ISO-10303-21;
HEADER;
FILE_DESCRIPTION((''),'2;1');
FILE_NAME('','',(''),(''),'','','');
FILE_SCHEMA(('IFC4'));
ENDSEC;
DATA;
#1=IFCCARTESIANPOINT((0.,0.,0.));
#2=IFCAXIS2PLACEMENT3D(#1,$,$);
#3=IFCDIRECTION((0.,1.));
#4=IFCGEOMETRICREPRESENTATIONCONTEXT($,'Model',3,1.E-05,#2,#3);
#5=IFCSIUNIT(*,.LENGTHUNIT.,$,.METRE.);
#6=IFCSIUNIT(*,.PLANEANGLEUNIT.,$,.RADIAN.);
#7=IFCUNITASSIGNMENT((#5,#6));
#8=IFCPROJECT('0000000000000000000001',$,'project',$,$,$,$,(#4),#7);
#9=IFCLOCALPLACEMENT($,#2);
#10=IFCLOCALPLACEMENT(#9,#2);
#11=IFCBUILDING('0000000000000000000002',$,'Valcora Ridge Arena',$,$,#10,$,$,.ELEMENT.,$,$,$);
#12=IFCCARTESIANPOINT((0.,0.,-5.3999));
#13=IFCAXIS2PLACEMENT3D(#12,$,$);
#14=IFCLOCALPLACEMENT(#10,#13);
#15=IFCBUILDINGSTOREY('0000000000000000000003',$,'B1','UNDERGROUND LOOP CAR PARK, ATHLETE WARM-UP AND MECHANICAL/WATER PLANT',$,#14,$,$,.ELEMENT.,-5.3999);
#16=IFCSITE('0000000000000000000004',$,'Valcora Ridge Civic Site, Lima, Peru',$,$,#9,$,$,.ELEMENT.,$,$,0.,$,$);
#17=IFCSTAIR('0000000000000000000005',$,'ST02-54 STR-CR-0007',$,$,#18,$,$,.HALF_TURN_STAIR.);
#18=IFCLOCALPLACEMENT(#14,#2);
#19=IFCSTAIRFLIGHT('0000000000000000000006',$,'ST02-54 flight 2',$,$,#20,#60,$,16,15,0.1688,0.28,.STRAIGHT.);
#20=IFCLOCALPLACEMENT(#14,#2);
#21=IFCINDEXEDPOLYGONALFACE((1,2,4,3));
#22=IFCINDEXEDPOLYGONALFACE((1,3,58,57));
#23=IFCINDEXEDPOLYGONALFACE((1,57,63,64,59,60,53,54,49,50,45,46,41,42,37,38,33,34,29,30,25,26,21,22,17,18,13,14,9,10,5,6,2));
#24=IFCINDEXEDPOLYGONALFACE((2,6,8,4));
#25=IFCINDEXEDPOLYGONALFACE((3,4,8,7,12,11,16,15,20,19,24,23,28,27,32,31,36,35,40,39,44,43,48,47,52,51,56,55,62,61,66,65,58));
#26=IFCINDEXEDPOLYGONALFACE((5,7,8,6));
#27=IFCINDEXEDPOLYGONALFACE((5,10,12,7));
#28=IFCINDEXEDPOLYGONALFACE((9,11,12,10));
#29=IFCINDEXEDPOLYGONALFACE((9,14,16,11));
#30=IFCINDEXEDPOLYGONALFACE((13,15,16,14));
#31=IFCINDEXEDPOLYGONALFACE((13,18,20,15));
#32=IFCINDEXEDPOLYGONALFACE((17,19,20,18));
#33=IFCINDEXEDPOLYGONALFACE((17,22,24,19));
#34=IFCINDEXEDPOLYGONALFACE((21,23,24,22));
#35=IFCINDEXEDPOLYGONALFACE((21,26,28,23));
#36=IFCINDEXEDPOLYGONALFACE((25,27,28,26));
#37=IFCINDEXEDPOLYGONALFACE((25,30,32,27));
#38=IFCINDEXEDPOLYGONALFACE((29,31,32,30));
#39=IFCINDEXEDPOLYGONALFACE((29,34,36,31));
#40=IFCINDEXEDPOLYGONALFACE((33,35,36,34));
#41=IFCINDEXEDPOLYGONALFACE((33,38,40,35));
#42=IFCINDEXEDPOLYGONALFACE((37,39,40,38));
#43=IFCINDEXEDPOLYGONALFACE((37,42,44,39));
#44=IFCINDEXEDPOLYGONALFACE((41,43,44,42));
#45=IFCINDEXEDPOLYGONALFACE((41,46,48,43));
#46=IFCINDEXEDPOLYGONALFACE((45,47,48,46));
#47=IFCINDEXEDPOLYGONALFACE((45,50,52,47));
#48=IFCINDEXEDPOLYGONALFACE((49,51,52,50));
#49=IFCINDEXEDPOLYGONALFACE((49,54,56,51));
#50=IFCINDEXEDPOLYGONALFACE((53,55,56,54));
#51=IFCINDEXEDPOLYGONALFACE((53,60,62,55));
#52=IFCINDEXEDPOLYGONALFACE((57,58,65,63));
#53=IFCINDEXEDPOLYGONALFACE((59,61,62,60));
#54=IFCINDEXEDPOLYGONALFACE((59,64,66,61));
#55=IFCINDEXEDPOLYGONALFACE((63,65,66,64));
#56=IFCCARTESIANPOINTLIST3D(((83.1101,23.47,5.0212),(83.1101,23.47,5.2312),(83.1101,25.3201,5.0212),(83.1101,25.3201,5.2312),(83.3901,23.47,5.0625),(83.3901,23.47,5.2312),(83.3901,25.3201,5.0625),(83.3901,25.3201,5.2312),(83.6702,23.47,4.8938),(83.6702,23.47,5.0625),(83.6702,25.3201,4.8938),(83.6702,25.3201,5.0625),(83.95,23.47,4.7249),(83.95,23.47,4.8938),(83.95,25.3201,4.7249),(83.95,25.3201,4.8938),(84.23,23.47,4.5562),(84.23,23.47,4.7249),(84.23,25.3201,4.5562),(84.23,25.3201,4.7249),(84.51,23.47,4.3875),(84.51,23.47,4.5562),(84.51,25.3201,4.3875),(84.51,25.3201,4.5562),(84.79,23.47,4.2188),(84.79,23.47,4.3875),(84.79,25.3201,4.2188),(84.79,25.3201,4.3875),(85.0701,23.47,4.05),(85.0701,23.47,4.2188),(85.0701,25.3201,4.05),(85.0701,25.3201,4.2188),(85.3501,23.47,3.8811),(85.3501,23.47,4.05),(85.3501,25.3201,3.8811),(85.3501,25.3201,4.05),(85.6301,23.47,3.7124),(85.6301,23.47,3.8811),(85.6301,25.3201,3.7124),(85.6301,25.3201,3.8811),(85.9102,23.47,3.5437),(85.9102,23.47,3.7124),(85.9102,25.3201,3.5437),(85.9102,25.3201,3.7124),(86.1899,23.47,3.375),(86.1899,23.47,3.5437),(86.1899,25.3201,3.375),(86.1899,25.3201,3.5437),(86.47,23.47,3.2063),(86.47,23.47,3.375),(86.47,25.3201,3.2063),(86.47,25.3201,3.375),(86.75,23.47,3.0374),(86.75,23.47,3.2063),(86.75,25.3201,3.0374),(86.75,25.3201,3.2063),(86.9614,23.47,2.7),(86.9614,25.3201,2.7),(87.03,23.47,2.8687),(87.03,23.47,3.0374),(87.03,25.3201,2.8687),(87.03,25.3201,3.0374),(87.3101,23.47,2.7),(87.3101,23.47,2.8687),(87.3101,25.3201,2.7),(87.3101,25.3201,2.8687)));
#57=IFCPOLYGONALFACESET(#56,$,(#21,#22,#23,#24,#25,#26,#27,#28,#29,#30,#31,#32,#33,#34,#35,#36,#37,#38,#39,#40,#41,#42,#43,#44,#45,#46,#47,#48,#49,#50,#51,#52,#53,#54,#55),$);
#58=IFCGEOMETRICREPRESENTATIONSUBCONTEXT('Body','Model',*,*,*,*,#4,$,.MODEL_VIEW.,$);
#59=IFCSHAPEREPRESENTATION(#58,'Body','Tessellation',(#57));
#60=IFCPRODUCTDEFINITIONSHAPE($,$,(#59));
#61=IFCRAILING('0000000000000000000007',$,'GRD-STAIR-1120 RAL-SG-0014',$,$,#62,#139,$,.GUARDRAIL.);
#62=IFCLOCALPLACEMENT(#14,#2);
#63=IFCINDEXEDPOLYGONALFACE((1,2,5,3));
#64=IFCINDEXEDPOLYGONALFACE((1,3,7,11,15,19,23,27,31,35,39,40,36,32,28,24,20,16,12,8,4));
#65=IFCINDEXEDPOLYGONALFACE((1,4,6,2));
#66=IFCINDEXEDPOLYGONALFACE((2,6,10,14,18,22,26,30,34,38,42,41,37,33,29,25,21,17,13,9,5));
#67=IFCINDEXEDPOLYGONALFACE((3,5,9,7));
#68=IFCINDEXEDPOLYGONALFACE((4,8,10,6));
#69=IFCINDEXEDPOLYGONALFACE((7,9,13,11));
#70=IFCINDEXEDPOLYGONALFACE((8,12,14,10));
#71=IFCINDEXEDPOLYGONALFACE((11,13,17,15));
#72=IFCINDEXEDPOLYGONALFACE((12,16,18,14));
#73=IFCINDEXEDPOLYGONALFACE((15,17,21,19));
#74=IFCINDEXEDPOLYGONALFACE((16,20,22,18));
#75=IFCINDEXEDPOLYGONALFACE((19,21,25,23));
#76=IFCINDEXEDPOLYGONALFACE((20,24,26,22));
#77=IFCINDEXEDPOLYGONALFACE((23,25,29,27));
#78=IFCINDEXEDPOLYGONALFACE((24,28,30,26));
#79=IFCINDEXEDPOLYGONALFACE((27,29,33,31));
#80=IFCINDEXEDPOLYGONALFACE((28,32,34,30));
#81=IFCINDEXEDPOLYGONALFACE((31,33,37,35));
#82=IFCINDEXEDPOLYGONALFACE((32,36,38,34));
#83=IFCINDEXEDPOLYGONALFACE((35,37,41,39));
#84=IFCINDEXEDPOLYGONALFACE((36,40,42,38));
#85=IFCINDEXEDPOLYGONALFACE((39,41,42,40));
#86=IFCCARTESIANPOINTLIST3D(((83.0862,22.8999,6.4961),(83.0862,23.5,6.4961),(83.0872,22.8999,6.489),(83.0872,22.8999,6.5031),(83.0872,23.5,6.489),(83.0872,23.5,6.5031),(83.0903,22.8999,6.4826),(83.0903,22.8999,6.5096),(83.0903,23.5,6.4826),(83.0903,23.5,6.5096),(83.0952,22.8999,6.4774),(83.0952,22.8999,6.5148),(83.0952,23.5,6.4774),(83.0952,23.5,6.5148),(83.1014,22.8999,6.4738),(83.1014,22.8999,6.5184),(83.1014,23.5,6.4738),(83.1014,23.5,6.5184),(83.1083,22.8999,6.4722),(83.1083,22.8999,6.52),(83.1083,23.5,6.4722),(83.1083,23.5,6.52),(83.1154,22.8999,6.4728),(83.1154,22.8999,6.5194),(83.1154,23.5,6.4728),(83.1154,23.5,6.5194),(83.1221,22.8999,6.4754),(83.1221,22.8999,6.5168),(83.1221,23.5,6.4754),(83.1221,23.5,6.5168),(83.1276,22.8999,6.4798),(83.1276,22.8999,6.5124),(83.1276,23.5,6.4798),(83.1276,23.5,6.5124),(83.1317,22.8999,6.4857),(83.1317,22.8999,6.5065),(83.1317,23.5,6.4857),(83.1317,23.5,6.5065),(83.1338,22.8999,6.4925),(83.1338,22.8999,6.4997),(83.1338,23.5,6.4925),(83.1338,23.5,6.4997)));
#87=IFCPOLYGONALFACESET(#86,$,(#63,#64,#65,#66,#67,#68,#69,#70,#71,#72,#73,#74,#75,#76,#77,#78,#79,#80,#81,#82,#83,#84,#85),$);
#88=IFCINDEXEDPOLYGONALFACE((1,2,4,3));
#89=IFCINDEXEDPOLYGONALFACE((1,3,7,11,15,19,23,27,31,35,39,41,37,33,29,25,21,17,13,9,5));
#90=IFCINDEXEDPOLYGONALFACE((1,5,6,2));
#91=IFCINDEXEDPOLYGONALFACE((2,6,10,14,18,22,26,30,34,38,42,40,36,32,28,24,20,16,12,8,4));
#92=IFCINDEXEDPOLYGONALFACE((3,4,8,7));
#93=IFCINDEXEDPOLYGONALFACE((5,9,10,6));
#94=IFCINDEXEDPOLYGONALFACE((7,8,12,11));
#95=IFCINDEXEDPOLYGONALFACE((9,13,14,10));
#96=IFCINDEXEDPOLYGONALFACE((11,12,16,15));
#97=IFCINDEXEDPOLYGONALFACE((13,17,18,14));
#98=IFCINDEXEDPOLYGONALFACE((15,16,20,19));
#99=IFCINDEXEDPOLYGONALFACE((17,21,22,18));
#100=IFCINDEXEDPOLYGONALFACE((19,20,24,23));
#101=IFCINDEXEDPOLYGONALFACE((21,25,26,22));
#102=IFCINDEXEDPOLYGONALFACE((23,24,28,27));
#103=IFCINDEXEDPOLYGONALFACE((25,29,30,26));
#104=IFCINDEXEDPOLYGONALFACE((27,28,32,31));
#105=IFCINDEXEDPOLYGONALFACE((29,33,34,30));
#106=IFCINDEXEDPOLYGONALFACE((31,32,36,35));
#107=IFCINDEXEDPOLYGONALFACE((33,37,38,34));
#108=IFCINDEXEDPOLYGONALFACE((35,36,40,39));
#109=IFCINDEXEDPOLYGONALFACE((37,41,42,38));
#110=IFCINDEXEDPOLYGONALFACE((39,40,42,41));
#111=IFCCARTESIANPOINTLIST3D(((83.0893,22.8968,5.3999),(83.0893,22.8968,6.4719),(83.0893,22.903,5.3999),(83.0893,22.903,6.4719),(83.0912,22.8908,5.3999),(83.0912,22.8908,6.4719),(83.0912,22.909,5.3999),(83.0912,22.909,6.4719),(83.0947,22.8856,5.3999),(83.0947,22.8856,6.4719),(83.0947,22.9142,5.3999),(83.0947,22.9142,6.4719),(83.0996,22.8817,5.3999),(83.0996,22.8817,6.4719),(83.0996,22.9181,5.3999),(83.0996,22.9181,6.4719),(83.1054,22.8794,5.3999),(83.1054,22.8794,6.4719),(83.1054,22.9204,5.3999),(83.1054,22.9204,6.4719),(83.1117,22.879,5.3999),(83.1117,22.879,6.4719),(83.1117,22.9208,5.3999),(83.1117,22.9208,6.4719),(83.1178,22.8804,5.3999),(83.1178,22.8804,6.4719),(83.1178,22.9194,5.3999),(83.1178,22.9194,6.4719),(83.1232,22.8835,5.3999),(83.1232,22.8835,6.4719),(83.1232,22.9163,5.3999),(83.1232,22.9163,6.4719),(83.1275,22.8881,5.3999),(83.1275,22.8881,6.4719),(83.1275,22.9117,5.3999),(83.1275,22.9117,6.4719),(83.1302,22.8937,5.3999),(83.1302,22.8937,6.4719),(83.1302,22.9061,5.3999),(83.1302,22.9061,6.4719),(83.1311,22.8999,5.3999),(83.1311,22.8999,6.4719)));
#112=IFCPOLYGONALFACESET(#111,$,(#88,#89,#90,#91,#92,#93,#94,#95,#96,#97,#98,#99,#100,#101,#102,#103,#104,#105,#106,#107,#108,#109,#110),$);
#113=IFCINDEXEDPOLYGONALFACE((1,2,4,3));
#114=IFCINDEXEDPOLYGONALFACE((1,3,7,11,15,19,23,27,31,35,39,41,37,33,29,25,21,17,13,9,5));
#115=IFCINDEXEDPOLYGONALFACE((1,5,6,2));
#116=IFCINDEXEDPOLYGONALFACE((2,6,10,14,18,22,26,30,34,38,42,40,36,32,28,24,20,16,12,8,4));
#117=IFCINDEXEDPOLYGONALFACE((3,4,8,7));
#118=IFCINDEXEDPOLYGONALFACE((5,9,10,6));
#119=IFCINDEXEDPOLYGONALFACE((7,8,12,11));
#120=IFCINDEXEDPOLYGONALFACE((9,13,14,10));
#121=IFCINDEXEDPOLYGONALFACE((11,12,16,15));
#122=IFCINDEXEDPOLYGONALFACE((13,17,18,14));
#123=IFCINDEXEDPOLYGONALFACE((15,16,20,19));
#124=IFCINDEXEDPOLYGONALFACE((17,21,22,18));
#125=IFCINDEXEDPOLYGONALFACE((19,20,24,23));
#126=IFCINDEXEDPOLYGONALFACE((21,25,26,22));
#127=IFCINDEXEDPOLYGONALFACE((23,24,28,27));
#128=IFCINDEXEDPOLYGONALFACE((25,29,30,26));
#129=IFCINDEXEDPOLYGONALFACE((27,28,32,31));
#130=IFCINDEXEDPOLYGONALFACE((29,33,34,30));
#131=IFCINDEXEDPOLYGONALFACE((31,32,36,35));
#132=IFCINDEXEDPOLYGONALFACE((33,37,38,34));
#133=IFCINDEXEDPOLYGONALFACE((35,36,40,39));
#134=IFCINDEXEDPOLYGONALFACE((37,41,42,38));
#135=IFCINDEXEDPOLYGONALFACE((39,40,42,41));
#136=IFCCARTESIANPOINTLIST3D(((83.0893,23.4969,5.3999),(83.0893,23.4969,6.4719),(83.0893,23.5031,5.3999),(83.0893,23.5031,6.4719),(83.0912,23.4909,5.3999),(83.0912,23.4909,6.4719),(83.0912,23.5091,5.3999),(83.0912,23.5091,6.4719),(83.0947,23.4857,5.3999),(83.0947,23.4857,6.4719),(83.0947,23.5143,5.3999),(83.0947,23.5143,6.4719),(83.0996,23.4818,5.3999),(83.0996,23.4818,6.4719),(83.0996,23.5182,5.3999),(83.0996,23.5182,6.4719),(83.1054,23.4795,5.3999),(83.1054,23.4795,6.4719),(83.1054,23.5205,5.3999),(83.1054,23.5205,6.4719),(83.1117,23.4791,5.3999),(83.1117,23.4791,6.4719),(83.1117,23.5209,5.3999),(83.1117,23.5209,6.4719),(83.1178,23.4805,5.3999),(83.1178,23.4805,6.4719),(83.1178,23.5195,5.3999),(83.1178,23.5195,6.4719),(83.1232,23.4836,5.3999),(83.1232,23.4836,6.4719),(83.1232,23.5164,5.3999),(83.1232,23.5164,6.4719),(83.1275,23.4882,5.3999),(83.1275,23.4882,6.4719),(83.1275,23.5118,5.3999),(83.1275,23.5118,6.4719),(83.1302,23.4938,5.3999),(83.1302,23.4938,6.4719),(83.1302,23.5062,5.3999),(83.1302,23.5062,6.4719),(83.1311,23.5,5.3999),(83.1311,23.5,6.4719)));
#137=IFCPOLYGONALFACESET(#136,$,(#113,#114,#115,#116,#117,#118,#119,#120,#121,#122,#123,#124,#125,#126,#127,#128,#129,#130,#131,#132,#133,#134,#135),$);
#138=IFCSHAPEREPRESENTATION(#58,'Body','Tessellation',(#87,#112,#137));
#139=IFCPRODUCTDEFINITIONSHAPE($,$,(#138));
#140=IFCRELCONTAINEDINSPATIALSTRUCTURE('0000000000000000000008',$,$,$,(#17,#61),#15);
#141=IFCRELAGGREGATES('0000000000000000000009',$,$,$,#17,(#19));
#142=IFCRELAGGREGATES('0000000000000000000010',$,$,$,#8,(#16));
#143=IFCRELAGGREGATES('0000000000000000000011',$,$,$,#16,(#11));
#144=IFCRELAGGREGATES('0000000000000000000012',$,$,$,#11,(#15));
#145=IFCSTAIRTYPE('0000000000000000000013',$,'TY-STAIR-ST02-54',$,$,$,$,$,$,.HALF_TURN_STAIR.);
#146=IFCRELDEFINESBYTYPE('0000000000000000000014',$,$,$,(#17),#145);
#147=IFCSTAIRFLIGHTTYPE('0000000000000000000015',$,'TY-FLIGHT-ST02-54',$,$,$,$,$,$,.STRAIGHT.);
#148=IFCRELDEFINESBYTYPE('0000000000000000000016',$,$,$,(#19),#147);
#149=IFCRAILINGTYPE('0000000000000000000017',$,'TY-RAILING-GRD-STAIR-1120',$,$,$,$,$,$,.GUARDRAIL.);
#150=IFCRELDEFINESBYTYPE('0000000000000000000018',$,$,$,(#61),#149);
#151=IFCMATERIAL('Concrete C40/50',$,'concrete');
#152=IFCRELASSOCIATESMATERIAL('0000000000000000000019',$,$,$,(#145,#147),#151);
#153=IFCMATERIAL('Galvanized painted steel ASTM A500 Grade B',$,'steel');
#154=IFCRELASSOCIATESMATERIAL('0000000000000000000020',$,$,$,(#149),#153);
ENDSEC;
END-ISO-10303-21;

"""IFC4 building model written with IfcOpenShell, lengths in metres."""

from ifc_helpers import new_model, si_unit, direction, frame, origin, origin_2d, place, context, subcontext, project, spatial, polyline, circle, outline, extrude, material, type_object, element, aggregate, save


model = new_model("IFC4")

# Units and contexts
model_context = context("Model", 3, precision=1e-05, world=origin(), true_north=direction((0.0, 1.0)))
body_context = subcontext(model_context, "Body", "Model", "MODEL_VIEW")
ifc_project = project(units=[si_unit("LENGTHUNIT", "METRE"), si_unit("PLANEANGLEUNIT", "RADIAN")], contexts=[model_context])

# Site, building, storey
site_placement = place(None, origin())
site = spatial("IfcSite", under=ifc_project, at=site_placement, Name="Valcora Ridge Civic Site, Lima, Peru", CompositionType="ELEMENT", RefElevation=0.0)
building_placement = place(site_placement, origin())
building = spatial("IfcBuilding", under=site, at=building_placement, Name="Valcora Ridge Arena", CompositionType="ELEMENT")
storey_placement = place(building_placement, frame((0.0, 0.0, -5.3999)))
storey = spatial("IfcBuildingStorey", under=building, at=storey_placement, Name="B1", Description="UNDERGROUND LOOP CAR PARK, ATHLETE WARM-UP AND MECHANICAL/WATER PLANT", CompositionType="ELEMENT", Elevation=-5.3999)

# Shared definitions
ifc_material_1 = material(Name="Concrete C40/50", Category="concrete")

# Stair, stair flight
stair_type = type_object("IfcStairType", Name="TY-STAIR-ST02-54", PredefinedType="HALF_TURN_STAIR", material=ifc_material_1)
stair_placement = place(storey_placement, origin())
stair = element("IfcStair", 1, at=stair_placement, inside=storey, type_object=stair_type, Name="ST02-54 STR-CR-0007", PredefinedType="HALF_TURN_STAIR")
stair_flight_type = type_object("IfcStairFlightType", Name="TY-FLIGHT-ST02-54", PredefinedType="STRAIGHT", material=ifc_material_1)
stair_flight_1_placement = place(storey_placement, frame((87.3101, 24.395, 2.7), z_axis=(0.0, 0.0, 1.0), x_axis=(-1.0, 0.0, 0.0)))
stair_flight_1 = element("IfcStairFlight", 2, at=stair_flight_1_placement, type_object=stair_flight_type, Name="ST02-54 flight 2", NumberOfRisers=16, NumberOfTreads=15, PredefinedType="STRAIGHT", RiserHeight=0.1688, TreadLength=0.28, context=body_context, shape_type="SweptSolid", body=[
    extrude(outline(polyline([(0.0, 0.0), (0.0, 0.1687), (0.28, 0.1687), (0.28, 0.3374), (0.5601, 0.3374), (0.5601, 0.5063), (0.8401, 0.5063), (0.8401, 0.675), (1.1201, 0.675), (1.1201, 0.8438), (1.3999, 0.8438), (1.3999, 1.0125), (1.6799, 1.0125), (1.6799, 1.1812), (1.96, 1.1812), (1.96, 1.3501), (2.24, 1.3501), (2.24, 1.5188), (2.52, 1.5188), (2.52, 1.6875), (2.8, 1.6875), (2.8, 1.8562), (3.0801, 1.8562), (3.0801, 2.0249), (3.3601, 2.0249), (3.3601, 2.1938), (3.6399, 2.1938), (3.6399, 2.3625), (3.9199, 2.3625), (3.9199, 2.5312), (4.2, 2.5312), (4.2, 2.7), (4.2, 2.3213), (0.3486, 0.0), (0.0, 0.0)])), frame((0.0, 0.925, 0.0), z_axis=(0.0, -1.0, 0.0), x_axis=(1.0, 0.0, 0.0)), (0.0, 0.0, 1.0), 1.8501),
])
aggregate(stair, [stair_flight_1])

# Railing
ifc_material_2 = material(Name="Galvanized painted steel ASTM A500 Grade B", Category="steel")
railing_type_1 = type_object("IfcRailingType", Name="TY-RAILING-GRD-STAIR-1120", PredefinedType="GUARDRAIL", material=ifc_material_2)
railing_1_placement = place(storey_placement, frame((83.1101, 22.8999, 5.3999)))
element("IfcRailing", 3, at=railing_1_placement, inside=storey, type_object=railing_type_1, Name="GRD-STAIR-1120 RAL-SG-0014", PredefinedType="GUARDRAIL", context=body_context, shape_type="SweptSolid", body=[
    extrude(circle(Radius=0.0239, at=origin_2d()), frame((0.0, 0.0, 1.0962), z_axis=(0.0, 1.0, 0.0), x_axis=(-1.0, 0.0, 0.0)), (0.0, 0.0, 1.0), 0.6001),
    extrude(circle(Radius=0.021, at=origin_2d()), origin(), (0.0, 0.0, 1.0), 1.072),
    extrude(circle(Radius=0.021, at=origin_2d()), frame((0.0, 0.6001, 0.0)), (0.0, 0.0, 1.0), 1.072),
])

save(model, "model.ifc")
